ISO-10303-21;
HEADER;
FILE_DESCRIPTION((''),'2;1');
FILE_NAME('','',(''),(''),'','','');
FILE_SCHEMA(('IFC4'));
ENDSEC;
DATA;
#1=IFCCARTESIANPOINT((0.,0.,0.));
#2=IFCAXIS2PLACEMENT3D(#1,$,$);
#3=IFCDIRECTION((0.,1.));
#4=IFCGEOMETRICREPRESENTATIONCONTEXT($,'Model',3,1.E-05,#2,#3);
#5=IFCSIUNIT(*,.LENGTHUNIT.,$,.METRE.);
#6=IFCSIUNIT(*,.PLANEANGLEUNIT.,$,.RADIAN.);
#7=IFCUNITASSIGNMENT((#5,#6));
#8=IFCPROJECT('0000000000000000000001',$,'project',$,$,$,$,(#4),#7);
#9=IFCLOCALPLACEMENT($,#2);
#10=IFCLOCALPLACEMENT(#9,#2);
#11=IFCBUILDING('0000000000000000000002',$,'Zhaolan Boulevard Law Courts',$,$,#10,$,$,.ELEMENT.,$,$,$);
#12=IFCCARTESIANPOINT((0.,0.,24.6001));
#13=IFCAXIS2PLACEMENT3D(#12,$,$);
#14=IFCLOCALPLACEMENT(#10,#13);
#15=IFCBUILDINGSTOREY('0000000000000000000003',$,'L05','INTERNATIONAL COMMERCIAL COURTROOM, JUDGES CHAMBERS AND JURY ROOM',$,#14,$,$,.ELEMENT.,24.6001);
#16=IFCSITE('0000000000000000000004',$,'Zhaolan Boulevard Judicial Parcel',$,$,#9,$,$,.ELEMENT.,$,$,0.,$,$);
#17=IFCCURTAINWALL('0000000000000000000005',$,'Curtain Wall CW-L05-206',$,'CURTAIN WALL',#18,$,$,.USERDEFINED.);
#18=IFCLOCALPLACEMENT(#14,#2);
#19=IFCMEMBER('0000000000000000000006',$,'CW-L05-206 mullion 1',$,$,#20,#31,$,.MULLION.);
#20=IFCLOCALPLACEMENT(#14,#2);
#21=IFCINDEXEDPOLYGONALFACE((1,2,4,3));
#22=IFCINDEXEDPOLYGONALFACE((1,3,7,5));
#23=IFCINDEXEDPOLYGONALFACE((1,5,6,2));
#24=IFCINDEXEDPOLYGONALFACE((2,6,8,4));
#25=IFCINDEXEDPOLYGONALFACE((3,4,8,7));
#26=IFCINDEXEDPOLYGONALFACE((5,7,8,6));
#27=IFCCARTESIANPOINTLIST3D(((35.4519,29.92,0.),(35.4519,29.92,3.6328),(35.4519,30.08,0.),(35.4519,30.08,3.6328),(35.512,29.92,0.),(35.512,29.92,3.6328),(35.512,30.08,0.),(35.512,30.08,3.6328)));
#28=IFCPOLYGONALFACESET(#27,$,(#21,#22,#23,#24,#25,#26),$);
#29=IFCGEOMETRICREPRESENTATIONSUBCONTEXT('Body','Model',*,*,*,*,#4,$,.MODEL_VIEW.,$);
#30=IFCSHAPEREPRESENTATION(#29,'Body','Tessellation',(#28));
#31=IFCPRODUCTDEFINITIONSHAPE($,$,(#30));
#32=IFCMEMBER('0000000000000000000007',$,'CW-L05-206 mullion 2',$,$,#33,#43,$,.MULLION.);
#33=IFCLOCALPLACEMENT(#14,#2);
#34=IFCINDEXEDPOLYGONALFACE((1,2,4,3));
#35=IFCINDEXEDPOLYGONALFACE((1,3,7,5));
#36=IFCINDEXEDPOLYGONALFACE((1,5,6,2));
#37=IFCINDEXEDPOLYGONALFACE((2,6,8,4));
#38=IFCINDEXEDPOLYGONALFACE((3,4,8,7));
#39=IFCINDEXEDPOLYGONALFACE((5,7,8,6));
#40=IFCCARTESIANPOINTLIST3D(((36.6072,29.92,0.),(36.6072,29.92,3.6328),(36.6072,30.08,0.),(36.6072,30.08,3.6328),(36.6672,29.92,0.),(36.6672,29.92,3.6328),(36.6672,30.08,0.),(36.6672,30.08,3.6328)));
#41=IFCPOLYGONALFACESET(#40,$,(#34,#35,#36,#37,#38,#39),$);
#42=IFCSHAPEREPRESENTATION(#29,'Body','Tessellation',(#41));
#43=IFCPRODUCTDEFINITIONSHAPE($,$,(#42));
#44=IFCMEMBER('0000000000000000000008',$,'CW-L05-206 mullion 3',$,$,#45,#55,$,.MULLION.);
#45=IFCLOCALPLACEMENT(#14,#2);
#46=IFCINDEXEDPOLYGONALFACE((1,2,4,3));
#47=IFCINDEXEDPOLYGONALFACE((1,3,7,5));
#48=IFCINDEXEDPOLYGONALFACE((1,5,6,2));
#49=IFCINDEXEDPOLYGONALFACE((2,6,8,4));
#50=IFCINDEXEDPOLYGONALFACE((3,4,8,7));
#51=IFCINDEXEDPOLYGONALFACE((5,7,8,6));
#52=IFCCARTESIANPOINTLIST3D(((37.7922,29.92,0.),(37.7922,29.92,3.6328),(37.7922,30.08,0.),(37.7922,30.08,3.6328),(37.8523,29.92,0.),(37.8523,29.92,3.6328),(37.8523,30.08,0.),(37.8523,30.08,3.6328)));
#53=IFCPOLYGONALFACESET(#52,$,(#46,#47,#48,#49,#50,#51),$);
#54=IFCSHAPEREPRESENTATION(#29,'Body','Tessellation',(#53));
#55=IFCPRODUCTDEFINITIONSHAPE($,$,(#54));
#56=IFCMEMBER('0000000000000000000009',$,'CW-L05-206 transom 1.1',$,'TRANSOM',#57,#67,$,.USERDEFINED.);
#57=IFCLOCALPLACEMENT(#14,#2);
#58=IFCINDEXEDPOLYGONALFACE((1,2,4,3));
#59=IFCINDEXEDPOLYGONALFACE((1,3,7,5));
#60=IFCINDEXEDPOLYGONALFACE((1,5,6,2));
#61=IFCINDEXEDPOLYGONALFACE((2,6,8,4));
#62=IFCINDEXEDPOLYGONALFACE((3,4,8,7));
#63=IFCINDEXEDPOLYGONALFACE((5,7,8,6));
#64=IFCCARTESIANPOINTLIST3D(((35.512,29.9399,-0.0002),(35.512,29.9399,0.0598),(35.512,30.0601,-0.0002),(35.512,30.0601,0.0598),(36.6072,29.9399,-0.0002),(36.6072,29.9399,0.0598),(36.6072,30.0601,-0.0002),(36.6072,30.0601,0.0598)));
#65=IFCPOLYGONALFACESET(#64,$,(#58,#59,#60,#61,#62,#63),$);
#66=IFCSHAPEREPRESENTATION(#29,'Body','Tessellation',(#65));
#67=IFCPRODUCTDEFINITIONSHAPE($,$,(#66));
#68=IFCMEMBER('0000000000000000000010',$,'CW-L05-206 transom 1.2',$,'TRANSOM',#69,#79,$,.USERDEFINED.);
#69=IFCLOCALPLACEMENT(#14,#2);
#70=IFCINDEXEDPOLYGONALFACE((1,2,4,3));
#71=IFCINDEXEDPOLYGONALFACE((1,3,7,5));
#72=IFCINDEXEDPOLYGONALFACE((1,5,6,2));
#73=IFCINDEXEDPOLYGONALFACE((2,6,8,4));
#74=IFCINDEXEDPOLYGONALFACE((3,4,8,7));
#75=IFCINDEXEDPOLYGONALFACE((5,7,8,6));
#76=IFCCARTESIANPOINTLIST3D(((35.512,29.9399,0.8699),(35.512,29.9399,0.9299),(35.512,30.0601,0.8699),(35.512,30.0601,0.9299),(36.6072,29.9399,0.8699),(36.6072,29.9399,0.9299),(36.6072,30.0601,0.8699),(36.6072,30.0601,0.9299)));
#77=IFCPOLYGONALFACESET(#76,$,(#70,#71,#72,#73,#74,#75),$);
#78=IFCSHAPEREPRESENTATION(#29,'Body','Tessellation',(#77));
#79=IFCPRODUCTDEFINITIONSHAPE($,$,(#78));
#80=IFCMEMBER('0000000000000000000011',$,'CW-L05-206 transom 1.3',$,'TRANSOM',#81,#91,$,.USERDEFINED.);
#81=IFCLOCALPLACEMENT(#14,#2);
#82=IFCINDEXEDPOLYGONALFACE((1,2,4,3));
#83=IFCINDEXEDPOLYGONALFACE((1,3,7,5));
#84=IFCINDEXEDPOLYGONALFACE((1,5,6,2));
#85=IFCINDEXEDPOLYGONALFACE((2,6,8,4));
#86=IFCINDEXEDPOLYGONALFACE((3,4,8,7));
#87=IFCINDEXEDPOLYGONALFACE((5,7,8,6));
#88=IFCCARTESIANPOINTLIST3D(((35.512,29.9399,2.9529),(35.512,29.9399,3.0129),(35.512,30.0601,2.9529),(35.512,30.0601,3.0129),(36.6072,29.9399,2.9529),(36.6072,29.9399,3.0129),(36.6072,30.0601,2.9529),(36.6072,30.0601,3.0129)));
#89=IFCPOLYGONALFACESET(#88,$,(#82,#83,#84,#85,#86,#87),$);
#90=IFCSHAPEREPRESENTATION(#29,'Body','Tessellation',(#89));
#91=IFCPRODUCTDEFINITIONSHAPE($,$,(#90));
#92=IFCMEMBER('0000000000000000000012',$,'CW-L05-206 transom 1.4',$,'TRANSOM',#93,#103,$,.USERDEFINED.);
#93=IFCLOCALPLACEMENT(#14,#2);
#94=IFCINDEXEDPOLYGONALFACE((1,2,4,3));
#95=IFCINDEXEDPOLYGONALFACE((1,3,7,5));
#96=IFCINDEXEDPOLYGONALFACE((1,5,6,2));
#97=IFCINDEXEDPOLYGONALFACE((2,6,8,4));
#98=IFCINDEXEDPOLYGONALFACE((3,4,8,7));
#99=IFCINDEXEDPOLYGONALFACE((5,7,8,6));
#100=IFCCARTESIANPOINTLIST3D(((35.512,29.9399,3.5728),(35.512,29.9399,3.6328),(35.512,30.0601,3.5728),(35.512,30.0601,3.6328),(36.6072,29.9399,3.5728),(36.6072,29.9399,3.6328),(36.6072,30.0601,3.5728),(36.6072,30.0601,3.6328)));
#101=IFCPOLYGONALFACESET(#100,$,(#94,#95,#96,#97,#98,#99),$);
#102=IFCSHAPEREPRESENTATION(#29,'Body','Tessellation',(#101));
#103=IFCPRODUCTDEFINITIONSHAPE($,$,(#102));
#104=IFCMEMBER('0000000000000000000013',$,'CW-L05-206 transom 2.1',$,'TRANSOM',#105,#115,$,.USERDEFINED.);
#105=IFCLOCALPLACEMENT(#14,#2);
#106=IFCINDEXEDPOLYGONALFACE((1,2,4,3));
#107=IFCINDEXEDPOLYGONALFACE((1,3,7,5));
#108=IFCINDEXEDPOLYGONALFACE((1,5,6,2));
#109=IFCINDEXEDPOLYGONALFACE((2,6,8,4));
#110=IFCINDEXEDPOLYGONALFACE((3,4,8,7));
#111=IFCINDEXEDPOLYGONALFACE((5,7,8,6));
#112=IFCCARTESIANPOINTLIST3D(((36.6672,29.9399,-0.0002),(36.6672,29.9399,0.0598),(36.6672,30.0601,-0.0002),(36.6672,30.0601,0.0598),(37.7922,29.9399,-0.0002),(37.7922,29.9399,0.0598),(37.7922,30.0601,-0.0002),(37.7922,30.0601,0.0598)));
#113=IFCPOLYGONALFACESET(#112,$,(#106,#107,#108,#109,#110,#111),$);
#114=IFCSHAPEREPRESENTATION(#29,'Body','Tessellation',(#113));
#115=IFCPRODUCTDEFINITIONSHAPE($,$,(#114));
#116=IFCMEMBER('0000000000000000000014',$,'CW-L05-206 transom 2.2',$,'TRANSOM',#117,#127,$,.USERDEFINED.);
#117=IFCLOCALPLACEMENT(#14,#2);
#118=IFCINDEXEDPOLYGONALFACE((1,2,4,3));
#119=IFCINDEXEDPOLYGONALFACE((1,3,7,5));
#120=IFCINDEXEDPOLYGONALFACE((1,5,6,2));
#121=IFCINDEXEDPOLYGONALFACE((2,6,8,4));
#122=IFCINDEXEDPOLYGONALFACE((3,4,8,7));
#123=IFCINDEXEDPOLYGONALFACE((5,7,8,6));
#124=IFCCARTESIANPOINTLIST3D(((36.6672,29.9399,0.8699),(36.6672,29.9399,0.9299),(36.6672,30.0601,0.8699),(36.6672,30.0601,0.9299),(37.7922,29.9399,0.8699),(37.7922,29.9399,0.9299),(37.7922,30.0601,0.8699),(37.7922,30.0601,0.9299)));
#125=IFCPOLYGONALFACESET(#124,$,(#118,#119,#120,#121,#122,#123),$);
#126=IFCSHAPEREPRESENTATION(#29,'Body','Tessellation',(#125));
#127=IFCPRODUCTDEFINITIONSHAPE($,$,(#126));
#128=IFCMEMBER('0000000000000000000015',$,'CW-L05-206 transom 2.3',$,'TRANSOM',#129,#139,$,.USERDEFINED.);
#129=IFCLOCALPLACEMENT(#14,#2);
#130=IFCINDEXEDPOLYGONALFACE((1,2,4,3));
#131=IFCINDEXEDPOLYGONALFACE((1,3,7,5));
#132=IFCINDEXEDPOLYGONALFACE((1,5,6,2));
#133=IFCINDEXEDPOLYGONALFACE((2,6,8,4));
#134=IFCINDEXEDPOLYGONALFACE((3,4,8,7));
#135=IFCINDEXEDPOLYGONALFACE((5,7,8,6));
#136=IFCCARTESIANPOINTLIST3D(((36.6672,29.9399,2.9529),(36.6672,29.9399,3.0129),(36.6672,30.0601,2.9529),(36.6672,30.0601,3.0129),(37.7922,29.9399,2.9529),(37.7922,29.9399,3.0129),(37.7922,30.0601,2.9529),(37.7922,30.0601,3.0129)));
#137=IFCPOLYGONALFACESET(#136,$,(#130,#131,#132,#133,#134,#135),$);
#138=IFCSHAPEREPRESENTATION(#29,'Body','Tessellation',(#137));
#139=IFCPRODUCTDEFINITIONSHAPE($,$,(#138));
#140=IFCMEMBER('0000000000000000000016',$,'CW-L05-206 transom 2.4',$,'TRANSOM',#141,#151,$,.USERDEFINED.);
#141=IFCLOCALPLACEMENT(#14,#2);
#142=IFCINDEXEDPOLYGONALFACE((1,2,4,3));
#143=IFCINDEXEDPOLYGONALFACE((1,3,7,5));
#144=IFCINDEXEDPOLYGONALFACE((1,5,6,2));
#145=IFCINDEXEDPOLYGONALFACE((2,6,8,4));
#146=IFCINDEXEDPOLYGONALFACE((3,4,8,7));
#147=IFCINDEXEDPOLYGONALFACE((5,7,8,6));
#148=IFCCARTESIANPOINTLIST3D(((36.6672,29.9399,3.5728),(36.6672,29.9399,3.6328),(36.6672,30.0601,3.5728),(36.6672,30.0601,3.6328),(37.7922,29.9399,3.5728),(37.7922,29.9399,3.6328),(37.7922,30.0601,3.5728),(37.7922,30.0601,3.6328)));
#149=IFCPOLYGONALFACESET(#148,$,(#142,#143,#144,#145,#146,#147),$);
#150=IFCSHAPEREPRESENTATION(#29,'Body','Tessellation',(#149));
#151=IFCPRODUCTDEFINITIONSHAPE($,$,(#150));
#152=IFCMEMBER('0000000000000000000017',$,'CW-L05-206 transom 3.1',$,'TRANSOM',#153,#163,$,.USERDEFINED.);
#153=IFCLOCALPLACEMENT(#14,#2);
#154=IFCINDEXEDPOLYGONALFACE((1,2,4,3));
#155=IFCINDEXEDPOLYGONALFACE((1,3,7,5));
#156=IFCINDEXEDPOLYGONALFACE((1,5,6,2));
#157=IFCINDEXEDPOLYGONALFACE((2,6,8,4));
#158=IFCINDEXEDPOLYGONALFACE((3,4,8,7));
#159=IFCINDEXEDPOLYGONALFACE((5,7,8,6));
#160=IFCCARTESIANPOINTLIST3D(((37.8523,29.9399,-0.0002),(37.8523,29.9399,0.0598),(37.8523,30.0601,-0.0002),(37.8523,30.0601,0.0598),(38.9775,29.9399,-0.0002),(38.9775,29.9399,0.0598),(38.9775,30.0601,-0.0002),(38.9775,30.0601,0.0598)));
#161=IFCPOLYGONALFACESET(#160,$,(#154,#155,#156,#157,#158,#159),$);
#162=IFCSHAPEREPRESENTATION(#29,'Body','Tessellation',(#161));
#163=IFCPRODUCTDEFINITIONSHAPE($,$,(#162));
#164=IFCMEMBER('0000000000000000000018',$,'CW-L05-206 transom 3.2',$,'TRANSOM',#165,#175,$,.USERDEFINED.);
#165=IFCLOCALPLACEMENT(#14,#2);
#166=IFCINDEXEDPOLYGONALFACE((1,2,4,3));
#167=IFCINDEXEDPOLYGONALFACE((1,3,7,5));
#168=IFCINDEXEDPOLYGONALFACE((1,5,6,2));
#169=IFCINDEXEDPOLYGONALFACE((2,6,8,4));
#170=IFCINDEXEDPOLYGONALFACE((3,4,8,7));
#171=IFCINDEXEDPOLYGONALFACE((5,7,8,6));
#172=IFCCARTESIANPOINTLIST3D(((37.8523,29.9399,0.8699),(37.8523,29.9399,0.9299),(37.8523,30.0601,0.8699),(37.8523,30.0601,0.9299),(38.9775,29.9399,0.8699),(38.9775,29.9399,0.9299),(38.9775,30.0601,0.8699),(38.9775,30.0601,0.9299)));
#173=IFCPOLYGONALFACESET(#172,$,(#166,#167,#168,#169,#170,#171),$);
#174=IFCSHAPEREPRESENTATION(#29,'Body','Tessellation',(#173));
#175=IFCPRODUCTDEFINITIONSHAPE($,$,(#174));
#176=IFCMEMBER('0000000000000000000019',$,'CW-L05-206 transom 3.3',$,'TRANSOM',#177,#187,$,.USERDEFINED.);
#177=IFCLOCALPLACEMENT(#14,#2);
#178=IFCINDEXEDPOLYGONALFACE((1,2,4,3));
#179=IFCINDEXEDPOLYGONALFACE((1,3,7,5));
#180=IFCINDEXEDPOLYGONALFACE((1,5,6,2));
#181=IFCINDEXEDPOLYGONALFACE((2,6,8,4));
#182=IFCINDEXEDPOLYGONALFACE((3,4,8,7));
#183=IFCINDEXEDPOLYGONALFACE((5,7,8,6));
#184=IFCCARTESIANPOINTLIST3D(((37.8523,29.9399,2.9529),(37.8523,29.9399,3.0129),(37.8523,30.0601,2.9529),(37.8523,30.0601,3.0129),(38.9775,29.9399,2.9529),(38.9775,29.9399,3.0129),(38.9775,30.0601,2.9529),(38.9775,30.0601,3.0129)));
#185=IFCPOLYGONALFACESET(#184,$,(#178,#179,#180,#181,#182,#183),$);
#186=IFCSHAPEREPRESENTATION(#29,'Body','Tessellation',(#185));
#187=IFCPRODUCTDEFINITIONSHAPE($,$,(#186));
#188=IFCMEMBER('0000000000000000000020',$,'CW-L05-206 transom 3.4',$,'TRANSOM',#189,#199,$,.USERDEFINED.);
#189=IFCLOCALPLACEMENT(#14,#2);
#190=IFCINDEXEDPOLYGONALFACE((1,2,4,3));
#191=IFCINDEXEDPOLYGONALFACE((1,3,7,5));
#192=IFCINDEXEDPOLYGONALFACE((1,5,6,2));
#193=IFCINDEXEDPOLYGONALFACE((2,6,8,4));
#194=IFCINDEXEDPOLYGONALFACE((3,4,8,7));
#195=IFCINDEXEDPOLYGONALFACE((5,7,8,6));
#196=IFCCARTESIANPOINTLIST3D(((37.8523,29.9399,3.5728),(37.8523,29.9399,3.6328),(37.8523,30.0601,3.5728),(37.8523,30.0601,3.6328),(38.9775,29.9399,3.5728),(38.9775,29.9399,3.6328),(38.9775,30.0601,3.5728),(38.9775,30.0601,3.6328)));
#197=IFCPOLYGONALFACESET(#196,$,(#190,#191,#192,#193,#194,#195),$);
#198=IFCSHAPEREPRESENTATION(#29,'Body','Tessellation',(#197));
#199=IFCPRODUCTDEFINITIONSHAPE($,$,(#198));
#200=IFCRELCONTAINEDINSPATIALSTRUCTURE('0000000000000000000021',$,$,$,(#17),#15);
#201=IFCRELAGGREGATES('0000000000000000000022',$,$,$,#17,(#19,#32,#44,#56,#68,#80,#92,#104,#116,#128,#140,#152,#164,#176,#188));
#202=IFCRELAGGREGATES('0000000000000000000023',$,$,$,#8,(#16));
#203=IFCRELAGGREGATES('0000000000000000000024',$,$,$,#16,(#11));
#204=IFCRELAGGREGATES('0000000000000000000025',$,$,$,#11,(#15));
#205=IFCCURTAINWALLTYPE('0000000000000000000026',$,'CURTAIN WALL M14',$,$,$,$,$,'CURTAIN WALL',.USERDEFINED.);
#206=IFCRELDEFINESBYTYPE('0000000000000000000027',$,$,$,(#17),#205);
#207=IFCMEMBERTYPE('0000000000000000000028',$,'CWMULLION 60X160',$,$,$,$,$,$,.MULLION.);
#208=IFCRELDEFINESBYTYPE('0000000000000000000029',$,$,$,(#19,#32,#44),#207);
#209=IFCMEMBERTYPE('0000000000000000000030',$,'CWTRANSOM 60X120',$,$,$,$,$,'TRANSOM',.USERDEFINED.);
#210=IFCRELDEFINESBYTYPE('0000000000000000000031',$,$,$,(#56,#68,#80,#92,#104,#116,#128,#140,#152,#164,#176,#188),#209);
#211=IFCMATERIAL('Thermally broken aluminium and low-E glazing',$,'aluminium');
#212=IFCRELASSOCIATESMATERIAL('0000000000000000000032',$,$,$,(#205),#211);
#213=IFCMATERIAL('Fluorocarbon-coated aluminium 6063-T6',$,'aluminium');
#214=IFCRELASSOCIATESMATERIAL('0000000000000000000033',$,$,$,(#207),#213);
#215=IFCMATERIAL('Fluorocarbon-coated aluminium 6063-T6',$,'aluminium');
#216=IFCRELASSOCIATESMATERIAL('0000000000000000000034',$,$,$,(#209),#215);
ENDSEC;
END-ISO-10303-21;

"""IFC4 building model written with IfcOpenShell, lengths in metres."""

from ifc_helpers import new_model, si_unit, direction, frame, origin, origin_2d, place, context, subcontext, project, spatial, rectangle, extrude, material, material_profile, profile_set, type_object, element, aggregate, save


model = new_model("IFC4")

# Units and contexts
model_context = context("Model", 3, precision=1e-05, world=origin(), true_north=direction((0.0, 1.0)))
body_context = subcontext(model_context, "Body", "Model", "MODEL_VIEW")
ifc_project = project(units=[si_unit("LENGTHUNIT", "METRE"), si_unit("PLANEANGLEUNIT", "RADIAN")], contexts=[model_context])

# Site, building, storey
site_placement = place(None, origin())
site = spatial("IfcSite", under=ifc_project, at=site_placement, Name="Zhaolan Boulevard Judicial Parcel", CompositionType="ELEMENT", RefElevation=0.0)
building_placement = place(site_placement, origin())
building = spatial("IfcBuilding", under=site, at=building_placement, Name="Zhaolan Boulevard Law Courts", CompositionType="ELEMENT")
storey_placement = place(building_placement, frame((0.0, 0.0, 24.6001)))
storey = spatial("IfcBuildingStorey", under=building, at=storey_placement, Name="L05", Description="INTERNATIONAL COMMERCIAL COURTROOM, JUDGES CHAMBERS AND JURY ROOM", CompositionType="ELEMENT", Elevation=24.6001)

# Curtain wall, members
ifc_material_1 = material(Name="Thermally broken aluminium and low-E glazing", Category="aluminium")
curtain_wall_type = type_object("IfcCurtainWallType", Name="CURTAIN WALL M14", ElementType="CURTAIN WALL", PredefinedType="USERDEFINED", material=ifc_material_1)
curtain_wall_placement = place(storey_placement, origin())
curtain_wall = element("IfcCurtainWall", 1, at=curtain_wall_placement, inside=storey, type_object=curtain_wall_type, Name="Curtain Wall CW-L05-206", ObjectType="CURTAIN WALL", PredefinedType="USERDEFINED")
ifc_material_2 = material(Name="Fluorocarbon-coated aluminium 6063-T6", Category="aluminium")
ifc_material_profile_1 = material_profile(ifc_material_2, rectangle(XDim=0.1599, YDim=0.0601, at=origin_2d()), Name="AL60x160")
ifc_profile_set_1 = profile_set([ifc_material_profile_1], Name="Fluorocarbon-coated aluminium 6063-T6")
member_type_1 = type_object("IfcMemberType", Name="CWMULLION 60X160", PredefinedType="MULLION", material=ifc_profile_set_1)
member_1_placement = place(storey_placement, frame((35.4819, 30.0, 0.0), z_axis=(0.0, 0.0, 1.0), x_axis=(0.0, 1.0, 0.0)))
member_1 = element("IfcMember", 2, at=member_1_placement, type_object=member_type_1, Name="CW-L05-206 mullion 1", PredefinedType="MULLION", context=body_context, shape_type="SweptSolid", body=[
    extrude(rectangle(XDim=0.1599, YDim=0.0601, at=origin_2d()), origin(), (0.0, 0.0, 1.0), 3.6328),
])
member_2_placement = place(storey_placement, frame((36.6372, 30.0, 0.0), z_axis=(0.0, 0.0, 1.0), x_axis=(0.0, 1.0, 0.0)))
member_2 = element("IfcMember", 3, at=member_2_placement, type_object=member_type_1, Name="CW-L05-206 mullion 2", PredefinedType="MULLION", context=body_context, shape_type="SweptSolid", body=[
    extrude(rectangle(XDim=0.1599, YDim=0.0601, at=origin_2d()), origin(), (0.0, 0.0, 1.0), 3.6328),
])
member_3_placement = place(storey_placement, frame((37.8223, 30.0, 0.0), z_axis=(0.0, 0.0, 1.0), x_axis=(0.0, 1.0, 0.0)))
member_3 = element("IfcMember", 4, at=member_3_placement, type_object=member_type_1, Name="CW-L05-206 mullion 3", PredefinedType="MULLION", context=body_context, shape_type="SweptSolid", body=[
    extrude(rectangle(XDim=0.1599, YDim=0.0601, at=origin_2d()), origin(), (0.0, 0.0, 1.0), 3.6328),
])
ifc_material_3 = material(Name="Fluorocarbon-coated aluminium 6063-T6", Category="aluminium")
ifc_material_profile_2 = material_profile(ifc_material_3, rectangle(XDim=0.1201, YDim=0.0601, at=origin_2d()), Name="AL60x120")
ifc_profile_set_2 = profile_set([ifc_material_profile_2], Name="Fluorocarbon-coated aluminium 6063-T6")
member_type_2 = type_object("IfcMemberType", Name="CWTRANSOM 60X120", ElementType="TRANSOM", PredefinedType="USERDEFINED", material=ifc_profile_set_2)
member_4_placement = place(storey_placement, frame((35.512, 30.0, 0.0298), z_axis=(1.0, 0.0, 0.0), x_axis=(0.0, 1.0, 0.0)))
member_4 = element("IfcMember", 5, at=member_4_placement, type_object=member_type_2, Name="CW-L05-206 transom 1.1", ObjectType="TRANSOM", PredefinedType="USERDEFINED", context=body_context, shape_type="SweptSolid", body=[
    extrude(rectangle(XDim=0.1201, YDim=0.0601, at=origin_2d()), origin(), (0.0, 0.0, 1.0), 1.0952),
])
member_5_placement = place(storey_placement, frame((35.512, 30.0, 0.8999), z_axis=(1.0, 0.0, 0.0), x_axis=(0.0, 1.0, 0.0)))
member_5 = element("IfcMember", 6, at=member_5_placement, type_object=member_type_2, Name="CW-L05-206 transom 1.2", ObjectType="TRANSOM", PredefinedType="USERDEFINED", context=body_context, shape_type="SweptSolid", body=[
    extrude(rectangle(XDim=0.1201, YDim=0.0601, at=origin_2d()), origin(), (0.0, 0.0, 1.0), 1.0952),
])
member_6_placement = place(storey_placement, frame((35.512, 30.0, 2.9829), z_axis=(1.0, 0.0, 0.0), x_axis=(0.0, 1.0, 0.0)))
member_6 = element("IfcMember", 7, at=member_6_placement, type_object=member_type_2, Name="CW-L05-206 transom 1.3", ObjectType="TRANSOM", PredefinedType="USERDEFINED", context=body_context, shape_type="SweptSolid", body=[
    extrude(rectangle(XDim=0.1201, YDim=0.0601, at=origin_2d()), origin(), (0.0, 0.0, 1.0), 1.0952),
])
member_7_placement = place(storey_placement, frame((35.512, 30.0, 3.6028), z_axis=(1.0, 0.0, 0.0), x_axis=(0.0, 1.0, 0.0)))
member_7 = element("IfcMember", 8, at=member_7_placement, type_object=member_type_2, Name="CW-L05-206 transom 1.4", ObjectType="TRANSOM", PredefinedType="USERDEFINED", context=body_context, shape_type="SweptSolid", body=[
    extrude(rectangle(XDim=0.1201, YDim=0.0601, at=origin_2d()), origin(), (0.0, 0.0, 1.0), 1.0952),
])
member_8_placement = place(storey_placement, frame((36.6672, 30.0, 0.0298), z_axis=(1.0, 0.0, 0.0), x_axis=(0.0, 1.0, 0.0)))
member_8 = element("IfcMember", 9, at=member_8_placement, type_object=member_type_2, Name="CW-L05-206 transom 2.1", ObjectType="TRANSOM", PredefinedType="USERDEFINED", context=body_context, shape_type="SweptSolid", body=[
    extrude(rectangle(XDim=0.1201, YDim=0.0601, at=origin_2d()), origin(), (0.0, 0.0, 1.0), 1.125),
])
member_9_placement = place(storey_placement, frame((36.6672, 30.0, 0.8999), z_axis=(1.0, 0.0, 0.0), x_axis=(0.0, 1.0, 0.0)))
member_9 = element("IfcMember", 10, at=member_9_placement, type_object=member_type_2, Name="CW-L05-206 transom 2.2", ObjectType="TRANSOM", PredefinedType="USERDEFINED", context=body_context, shape_type="SweptSolid", body=[
    extrude(rectangle(XDim=0.1201, YDim=0.0601, at=origin_2d()), origin(), (0.0, 0.0, 1.0), 1.125),
])
member_10_placement = place(storey_placement, frame((36.6672, 30.0, 2.9829), z_axis=(1.0, 0.0, 0.0), x_axis=(0.0, 1.0, 0.0)))
member_10 = element("IfcMember", 11, at=member_10_placement, type_object=member_type_2, Name="CW-L05-206 transom 2.3", ObjectType="TRANSOM", PredefinedType="USERDEFINED", context=body_context, shape_type="SweptSolid", body=[
    extrude(rectangle(XDim=0.1201, YDim=0.0601, at=origin_2d()), origin(), (0.0, 0.0, 1.0), 1.125),
])
member_11_placement = place(storey_placement, frame((36.6672, 30.0, 3.6028), z_axis=(1.0, 0.0, 0.0), x_axis=(0.0, 1.0, 0.0)))
member_11 = element("IfcMember", 12, at=member_11_placement, type_object=member_type_2, Name="CW-L05-206 transom 2.4", ObjectType="TRANSOM", PredefinedType="USERDEFINED", context=body_context, shape_type="SweptSolid", body=[
    extrude(rectangle(XDim=0.1201, YDim=0.0601, at=origin_2d()), origin(), (0.0, 0.0, 1.0), 1.125),
])
member_12_placement = place(storey_placement, frame((37.8523, 30.0, 0.0298), z_axis=(1.0, 0.0, 0.0), x_axis=(0.0, 1.0, 0.0)))
member_12 = element("IfcMember", 13, at=member_12_placement, type_object=member_type_2, Name="CW-L05-206 transom 3.1", ObjectType="TRANSOM", PredefinedType="USERDEFINED", context=body_context, shape_type="SweptSolid", body=[
    extrude(rectangle(XDim=0.1201, YDim=0.0601, at=origin_2d()), origin(), (0.0, 0.0, 1.0), 1.1252),
])
member_13_placement = place(storey_placement, frame((37.8523, 30.0, 0.8999), z_axis=(1.0, 0.0, 0.0), x_axis=(0.0, 1.0, 0.0)))
member_13 = element("IfcMember", 14, at=member_13_placement, type_object=member_type_2, Name="CW-L05-206 transom 3.2", ObjectType="TRANSOM", PredefinedType="USERDEFINED", context=body_context, shape_type="SweptSolid", body=[
    extrude(rectangle(XDim=0.1201, YDim=0.0601, at=origin_2d()), origin(), (0.0, 0.0, 1.0), 1.1252),
])
member_14_placement = place(storey_placement, frame((37.8523, 30.0, 2.9829), z_axis=(1.0, 0.0, 0.0), x_axis=(0.0, 1.0, 0.0)))
member_14 = element("IfcMember", 15, at=member_14_placement, type_object=member_type_2, Name="CW-L05-206 transom 3.3", ObjectType="TRANSOM", PredefinedType="USERDEFINED", context=body_context, shape_type="SweptSolid", body=[
    extrude(rectangle(XDim=0.1201, YDim=0.0601, at=origin_2d()), origin(), (0.0, 0.0, 1.0), 1.1252),
])
member_15_placement = place(storey_placement, frame((37.8523, 30.0, 3.6028), z_axis=(1.0, 0.0, 0.0), x_axis=(0.0, 1.0, 0.0)))
member_15 = element("IfcMember", 16, at=member_15_placement, type_object=member_type_2, Name="CW-L05-206 transom 3.4", ObjectType="TRANSOM", PredefinedType="USERDEFINED", context=body_context, shape_type="SweptSolid", body=[
    extrude(rectangle(XDim=0.1201, YDim=0.0601, at=origin_2d()), origin(), (0.0, 0.0, 1.0), 1.1252),
])

aggregate(curtain_wall, [member_1, member_2, member_3, member_4, member_5, member_6, member_7, member_8, member_9, member_10, member_11, member_12, member_13, member_14, member_15])

save(model, "model.ifc")
